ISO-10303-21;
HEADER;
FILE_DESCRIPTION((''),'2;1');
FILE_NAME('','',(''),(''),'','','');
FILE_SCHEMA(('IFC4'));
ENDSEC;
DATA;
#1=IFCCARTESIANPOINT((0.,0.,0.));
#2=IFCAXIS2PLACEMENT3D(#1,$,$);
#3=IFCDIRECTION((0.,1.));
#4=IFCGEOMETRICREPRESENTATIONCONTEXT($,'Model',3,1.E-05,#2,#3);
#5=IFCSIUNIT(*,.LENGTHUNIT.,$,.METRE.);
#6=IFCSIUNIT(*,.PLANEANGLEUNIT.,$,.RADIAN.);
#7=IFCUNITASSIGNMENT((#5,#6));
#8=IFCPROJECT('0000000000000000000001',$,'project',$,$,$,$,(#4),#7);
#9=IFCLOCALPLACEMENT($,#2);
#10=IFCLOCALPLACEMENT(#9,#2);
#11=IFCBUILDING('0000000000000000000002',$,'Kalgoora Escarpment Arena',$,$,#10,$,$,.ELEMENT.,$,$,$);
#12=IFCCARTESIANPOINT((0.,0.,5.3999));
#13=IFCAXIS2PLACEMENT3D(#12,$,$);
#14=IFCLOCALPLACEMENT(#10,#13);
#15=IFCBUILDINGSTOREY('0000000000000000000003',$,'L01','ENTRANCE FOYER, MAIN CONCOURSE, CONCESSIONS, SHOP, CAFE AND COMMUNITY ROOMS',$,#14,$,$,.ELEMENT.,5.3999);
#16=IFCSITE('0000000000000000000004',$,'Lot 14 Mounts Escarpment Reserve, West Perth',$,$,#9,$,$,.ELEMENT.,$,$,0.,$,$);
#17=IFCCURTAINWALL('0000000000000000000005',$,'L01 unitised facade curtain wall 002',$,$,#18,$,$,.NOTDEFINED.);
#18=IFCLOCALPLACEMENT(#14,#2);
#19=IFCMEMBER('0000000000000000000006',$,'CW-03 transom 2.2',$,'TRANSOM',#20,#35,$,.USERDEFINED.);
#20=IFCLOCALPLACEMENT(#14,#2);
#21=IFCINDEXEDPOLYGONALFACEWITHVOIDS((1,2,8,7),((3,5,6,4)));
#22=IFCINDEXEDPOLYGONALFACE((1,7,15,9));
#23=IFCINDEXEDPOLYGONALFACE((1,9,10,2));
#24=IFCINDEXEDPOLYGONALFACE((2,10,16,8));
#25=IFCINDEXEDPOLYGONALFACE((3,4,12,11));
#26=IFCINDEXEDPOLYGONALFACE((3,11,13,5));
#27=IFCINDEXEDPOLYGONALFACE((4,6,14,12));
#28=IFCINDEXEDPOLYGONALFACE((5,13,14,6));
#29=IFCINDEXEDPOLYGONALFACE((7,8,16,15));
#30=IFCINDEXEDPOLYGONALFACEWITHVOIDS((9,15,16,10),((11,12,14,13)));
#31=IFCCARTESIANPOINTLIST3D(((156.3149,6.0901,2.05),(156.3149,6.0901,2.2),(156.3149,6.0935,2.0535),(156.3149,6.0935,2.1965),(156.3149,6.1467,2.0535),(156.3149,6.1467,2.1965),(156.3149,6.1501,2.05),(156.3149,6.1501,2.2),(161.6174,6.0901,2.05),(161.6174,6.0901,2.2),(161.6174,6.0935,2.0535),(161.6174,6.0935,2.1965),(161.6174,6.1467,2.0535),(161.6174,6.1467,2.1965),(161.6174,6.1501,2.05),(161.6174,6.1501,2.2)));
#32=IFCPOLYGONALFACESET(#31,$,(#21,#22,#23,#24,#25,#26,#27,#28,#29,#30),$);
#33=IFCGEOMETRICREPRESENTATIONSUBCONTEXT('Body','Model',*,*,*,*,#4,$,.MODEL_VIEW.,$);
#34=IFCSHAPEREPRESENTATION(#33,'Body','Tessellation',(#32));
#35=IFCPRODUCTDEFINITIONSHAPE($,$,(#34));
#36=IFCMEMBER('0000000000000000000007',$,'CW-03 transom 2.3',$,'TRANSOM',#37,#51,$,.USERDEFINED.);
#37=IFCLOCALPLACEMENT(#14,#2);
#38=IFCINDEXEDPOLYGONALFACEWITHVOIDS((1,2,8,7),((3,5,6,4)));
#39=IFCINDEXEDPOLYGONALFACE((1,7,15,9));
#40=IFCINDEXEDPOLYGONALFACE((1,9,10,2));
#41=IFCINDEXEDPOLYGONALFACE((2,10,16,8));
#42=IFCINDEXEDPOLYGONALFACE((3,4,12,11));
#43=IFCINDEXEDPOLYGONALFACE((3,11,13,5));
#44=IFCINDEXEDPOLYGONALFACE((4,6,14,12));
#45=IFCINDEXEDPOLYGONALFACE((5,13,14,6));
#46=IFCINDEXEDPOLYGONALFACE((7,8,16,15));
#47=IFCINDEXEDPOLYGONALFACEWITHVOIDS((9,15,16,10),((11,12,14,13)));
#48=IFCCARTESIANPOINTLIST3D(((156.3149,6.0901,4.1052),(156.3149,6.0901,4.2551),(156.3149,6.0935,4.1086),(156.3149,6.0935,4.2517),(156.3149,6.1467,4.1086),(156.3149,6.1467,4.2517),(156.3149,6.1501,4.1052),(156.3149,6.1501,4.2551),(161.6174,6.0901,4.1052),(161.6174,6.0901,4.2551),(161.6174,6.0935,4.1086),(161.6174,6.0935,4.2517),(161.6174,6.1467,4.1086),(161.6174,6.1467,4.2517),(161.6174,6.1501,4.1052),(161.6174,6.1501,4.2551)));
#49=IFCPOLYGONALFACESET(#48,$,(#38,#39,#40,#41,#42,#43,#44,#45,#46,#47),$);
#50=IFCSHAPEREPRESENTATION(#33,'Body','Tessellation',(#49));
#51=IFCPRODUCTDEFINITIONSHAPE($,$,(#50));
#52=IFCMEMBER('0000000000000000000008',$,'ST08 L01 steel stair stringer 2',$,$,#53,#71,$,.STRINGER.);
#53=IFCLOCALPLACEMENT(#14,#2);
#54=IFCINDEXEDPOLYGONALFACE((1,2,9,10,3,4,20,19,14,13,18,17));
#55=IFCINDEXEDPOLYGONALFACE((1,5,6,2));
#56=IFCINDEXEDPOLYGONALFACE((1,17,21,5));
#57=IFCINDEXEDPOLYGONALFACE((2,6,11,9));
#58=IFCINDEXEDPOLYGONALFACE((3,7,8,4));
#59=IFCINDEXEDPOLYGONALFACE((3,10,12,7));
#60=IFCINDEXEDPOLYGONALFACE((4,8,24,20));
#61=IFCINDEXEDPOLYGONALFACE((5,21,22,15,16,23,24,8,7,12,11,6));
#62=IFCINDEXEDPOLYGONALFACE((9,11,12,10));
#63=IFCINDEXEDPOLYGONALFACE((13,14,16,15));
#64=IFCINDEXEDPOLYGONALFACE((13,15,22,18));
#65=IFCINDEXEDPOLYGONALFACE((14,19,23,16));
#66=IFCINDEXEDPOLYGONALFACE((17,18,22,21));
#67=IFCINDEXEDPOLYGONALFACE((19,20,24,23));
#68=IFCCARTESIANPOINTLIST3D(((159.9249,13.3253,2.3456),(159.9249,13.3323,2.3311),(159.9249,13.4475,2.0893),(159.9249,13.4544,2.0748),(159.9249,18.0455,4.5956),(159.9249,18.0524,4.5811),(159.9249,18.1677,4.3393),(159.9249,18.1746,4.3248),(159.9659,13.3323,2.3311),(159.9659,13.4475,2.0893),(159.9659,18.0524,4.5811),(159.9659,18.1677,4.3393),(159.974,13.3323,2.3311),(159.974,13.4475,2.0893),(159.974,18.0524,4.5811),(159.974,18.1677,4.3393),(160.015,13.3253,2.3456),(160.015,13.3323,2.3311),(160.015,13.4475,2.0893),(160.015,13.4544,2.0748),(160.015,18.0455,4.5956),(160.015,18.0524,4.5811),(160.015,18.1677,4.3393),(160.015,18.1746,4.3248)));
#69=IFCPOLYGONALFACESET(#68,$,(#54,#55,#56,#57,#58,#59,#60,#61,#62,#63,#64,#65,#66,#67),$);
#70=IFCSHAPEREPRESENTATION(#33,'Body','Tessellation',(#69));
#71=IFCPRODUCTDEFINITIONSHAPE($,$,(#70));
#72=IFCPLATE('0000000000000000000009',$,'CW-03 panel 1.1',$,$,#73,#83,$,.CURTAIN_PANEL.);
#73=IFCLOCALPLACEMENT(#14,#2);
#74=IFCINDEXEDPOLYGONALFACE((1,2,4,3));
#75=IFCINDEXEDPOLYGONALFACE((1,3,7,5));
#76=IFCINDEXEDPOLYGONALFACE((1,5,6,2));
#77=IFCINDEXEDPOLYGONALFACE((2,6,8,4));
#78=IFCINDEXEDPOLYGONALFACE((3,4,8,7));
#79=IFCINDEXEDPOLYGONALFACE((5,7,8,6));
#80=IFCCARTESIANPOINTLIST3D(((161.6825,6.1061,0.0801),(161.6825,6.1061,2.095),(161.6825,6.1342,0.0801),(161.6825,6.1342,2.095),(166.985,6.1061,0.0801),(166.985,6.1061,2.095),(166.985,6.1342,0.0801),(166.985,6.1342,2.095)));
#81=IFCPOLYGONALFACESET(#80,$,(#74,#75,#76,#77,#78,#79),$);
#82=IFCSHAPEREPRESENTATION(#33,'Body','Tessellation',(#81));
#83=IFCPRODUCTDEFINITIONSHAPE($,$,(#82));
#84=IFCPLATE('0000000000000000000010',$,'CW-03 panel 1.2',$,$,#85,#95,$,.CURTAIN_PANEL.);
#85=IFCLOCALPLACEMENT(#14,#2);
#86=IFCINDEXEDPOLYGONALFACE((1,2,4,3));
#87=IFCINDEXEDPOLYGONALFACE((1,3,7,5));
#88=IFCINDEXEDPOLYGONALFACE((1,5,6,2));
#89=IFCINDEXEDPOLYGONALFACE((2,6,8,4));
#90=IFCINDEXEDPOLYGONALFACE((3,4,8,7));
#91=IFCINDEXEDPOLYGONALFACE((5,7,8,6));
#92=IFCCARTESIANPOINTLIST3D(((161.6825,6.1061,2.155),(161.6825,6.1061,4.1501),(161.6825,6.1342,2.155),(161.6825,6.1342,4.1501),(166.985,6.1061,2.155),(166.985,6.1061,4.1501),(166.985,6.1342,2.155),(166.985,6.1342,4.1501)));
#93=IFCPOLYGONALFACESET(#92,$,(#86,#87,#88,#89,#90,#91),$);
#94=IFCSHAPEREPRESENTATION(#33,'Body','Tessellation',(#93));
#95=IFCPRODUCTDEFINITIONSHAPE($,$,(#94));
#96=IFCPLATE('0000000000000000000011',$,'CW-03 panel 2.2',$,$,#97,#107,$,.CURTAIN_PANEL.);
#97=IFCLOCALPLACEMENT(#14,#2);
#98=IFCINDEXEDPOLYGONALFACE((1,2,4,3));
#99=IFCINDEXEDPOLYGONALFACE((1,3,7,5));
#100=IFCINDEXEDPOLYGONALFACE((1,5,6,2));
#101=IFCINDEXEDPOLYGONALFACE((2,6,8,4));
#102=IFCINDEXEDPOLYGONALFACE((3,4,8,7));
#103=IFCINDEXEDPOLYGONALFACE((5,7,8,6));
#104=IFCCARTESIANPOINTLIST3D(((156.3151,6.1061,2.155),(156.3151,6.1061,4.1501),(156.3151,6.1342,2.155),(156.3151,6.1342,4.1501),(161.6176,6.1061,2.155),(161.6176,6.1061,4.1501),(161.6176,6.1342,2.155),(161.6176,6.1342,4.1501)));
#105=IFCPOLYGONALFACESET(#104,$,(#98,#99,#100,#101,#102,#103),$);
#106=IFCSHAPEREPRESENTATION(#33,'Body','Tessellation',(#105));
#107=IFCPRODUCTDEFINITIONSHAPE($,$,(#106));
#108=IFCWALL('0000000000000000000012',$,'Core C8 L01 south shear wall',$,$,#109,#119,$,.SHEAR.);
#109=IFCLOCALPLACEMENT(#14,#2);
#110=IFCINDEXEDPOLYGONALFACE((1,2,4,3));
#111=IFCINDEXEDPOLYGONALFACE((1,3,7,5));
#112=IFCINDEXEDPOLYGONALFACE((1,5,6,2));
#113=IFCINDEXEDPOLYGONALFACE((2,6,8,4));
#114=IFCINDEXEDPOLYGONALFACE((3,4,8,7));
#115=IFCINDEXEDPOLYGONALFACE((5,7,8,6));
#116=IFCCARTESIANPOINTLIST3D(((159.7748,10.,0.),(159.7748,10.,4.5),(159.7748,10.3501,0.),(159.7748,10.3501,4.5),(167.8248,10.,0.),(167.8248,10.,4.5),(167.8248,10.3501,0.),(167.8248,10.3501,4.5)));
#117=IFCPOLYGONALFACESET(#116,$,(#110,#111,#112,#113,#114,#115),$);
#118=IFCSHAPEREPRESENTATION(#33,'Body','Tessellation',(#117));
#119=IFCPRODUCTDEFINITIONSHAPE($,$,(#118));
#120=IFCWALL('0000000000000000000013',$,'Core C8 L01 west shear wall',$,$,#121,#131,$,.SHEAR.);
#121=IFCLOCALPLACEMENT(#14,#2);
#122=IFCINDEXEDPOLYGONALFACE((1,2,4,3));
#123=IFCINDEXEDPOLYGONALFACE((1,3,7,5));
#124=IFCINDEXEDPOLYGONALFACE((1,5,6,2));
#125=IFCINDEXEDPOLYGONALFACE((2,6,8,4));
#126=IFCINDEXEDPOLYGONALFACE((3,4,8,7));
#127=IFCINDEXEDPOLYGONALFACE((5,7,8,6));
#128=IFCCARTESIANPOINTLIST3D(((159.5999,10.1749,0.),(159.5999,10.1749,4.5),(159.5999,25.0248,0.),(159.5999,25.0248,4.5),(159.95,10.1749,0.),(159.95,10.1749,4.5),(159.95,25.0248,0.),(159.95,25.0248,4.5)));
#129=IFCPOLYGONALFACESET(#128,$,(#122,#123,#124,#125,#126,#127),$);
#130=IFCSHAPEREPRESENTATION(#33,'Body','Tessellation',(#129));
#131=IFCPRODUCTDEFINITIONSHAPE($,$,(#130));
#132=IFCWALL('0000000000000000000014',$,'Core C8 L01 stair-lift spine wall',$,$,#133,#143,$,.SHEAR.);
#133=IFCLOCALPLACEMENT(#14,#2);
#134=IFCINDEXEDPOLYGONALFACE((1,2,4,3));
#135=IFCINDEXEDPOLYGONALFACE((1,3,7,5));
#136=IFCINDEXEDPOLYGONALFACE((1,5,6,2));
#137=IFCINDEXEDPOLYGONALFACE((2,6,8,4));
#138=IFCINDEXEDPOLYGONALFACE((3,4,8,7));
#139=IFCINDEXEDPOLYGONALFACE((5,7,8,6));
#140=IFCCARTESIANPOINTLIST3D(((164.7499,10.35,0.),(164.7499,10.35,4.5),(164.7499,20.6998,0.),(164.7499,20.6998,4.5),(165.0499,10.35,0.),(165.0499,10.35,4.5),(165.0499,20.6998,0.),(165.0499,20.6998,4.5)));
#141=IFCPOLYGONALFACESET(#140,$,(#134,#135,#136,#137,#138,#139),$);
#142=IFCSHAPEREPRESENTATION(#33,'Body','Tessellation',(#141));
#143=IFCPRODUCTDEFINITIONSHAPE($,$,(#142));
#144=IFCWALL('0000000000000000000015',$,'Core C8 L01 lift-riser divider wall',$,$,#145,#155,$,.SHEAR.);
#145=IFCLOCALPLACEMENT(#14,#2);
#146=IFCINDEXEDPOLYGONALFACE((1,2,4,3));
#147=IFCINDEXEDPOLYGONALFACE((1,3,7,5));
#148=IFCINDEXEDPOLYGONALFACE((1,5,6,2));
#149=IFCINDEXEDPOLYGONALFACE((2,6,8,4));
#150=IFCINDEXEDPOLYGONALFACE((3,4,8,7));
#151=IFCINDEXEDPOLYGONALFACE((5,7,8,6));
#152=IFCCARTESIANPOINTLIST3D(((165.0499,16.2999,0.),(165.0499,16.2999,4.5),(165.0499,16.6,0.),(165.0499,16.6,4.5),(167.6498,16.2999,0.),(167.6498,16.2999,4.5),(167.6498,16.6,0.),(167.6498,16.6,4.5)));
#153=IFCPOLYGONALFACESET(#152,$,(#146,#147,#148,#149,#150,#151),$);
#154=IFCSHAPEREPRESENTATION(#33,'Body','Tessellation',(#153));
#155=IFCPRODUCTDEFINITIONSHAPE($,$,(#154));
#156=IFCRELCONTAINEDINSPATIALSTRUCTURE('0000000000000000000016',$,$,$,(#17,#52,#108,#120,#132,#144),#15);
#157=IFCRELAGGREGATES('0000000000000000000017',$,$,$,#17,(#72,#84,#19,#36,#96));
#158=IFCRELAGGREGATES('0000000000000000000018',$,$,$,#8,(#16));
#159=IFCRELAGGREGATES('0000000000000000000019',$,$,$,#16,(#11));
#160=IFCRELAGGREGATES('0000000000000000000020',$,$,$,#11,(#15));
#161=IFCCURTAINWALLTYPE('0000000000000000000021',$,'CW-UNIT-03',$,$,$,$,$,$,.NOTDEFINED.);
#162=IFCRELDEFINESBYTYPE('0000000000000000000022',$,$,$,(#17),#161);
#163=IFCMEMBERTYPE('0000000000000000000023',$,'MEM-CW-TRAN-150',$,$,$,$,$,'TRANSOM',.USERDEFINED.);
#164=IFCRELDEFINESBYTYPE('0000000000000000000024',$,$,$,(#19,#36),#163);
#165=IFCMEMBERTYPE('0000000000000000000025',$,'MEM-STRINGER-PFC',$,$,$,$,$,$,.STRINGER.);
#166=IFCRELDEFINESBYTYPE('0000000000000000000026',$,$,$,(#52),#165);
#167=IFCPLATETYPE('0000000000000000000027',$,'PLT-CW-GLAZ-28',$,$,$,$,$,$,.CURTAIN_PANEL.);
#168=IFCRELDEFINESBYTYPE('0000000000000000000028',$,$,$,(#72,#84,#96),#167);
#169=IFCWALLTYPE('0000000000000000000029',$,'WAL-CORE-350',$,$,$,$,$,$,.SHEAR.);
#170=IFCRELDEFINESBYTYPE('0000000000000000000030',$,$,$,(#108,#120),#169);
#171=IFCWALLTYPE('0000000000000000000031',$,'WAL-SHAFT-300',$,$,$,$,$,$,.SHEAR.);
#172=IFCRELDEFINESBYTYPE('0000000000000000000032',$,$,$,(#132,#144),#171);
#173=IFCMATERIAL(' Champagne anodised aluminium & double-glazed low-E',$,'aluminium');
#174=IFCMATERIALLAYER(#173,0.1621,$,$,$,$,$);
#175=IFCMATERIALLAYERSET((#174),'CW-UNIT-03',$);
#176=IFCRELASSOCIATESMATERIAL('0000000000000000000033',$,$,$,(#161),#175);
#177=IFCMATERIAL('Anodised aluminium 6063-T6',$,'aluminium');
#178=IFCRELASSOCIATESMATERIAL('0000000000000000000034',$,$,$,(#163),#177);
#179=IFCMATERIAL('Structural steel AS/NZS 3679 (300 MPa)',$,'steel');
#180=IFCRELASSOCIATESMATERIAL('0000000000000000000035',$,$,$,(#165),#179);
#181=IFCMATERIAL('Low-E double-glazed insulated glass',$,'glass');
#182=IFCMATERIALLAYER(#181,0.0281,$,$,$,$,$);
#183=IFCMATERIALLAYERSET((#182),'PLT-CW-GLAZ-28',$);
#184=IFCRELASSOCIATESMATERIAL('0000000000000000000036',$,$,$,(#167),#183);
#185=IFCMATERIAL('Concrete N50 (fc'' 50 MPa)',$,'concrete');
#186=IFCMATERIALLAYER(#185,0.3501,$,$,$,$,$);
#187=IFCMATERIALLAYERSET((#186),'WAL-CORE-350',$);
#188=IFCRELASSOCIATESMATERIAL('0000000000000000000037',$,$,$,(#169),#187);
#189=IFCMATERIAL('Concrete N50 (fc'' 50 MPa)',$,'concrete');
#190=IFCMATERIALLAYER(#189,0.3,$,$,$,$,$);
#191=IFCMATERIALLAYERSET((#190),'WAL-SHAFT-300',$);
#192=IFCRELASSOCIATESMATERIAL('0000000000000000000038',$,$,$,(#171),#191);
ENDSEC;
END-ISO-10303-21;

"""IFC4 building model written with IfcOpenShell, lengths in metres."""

from ifc_helpers import new_model, si_unit, direction, frame, frame_2d, origin, origin_2d, place, context, subcontext, project, spatial, rectangle, hollow_rectangle, i_section, extrude, material, layer, layer_set, material_profile, profile_set, type_object, element, aggregate, save


model = new_model("IFC4")

# Units and contexts
model_context = context("Model", 3, precision=1e-05, world=origin(), true_north=direction((0.0, 1.0)))
body_context = subcontext(model_context, "Body", "Model", "MODEL_VIEW")
ifc_project = project(units=[si_unit("LENGTHUNIT", "METRE"), si_unit("PLANEANGLEUNIT", "RADIAN")], contexts=[model_context])

# Site, building, storey
site_placement = place(None, origin())
site = spatial("IfcSite", under=ifc_project, at=site_placement, Name="Lot 14 Mounts Escarpment Reserve, West Perth", CompositionType="ELEMENT", RefElevation=0.0)
building_placement = place(site_placement, origin())
building = spatial("IfcBuilding", under=site, at=building_placement, Name="Kalgoora Escarpment Arena", CompositionType="ELEMENT")
storey_placement = place(building_placement, frame((0.0, 0.0, 5.3999)))
storey = spatial("IfcBuildingStorey", under=building, at=storey_placement, Name="L01", Description="ENTRANCE FOYER, MAIN CONCOURSE, CONCESSIONS, SHOP, CAFE AND COMMUNITY ROOMS", CompositionType="ELEMENT", Elevation=5.3999)

# Curtain wall, members
ifc_material_1 = material(Name=" Champagne anodised aluminium & double-glazed low-E", Category="aluminium")
ifc_layer_1 = layer(ifc_material_1, 0.1621)
ifc_layer_set_1 = layer_set([ifc_layer_1], Name="CW-UNIT-03")
curtain_wall_type = type_object("IfcCurtainWallType", Name="CW-UNIT-03", PredefinedType="NOTDEFINED", material=ifc_layer_set_1)
curtain_wall_placement = place(storey_placement, origin())
curtain_wall = element("IfcCurtainWall", 1, at=curtain_wall_placement, inside=storey, type_object=curtain_wall_type, Name="L01 unitised facade curtain wall 002", PredefinedType="NOTDEFINED")
ifc_material_2 = material(Name="Anodised aluminium 6063-T6", Category="aluminium")
ifc_material_profile_1 = material_profile(ifc_material_2, hollow_rectangle(XDim=0.0601, YDim=0.1499, WallThickness=0.0034, at=origin_2d()))
ifc_profile_set_1 = profile_set([ifc_material_profile_1], Name="Anodised aluminium 6063-T6")
member_type_1 = type_object("IfcMemberType", Name="MEM-CW-TRAN-150", ElementType="TRANSOM", PredefinedType="USERDEFINED", material=ifc_profile_set_1)
member_1_placement = place(storey_placement, frame((161.6174, 6.1201, 2.125), z_axis=(-1.0, 0.0, 0.0), x_axis=(0.0, -1.0, 0.0)))
member_1 = element("IfcMember", 2, at=member_1_placement, type_object=member_type_1, Name="CW-03 transom 2.2", ObjectType="TRANSOM", PredefinedType="USERDEFINED", context=body_context, shape_type="SweptSolid", body=[
    extrude(hollow_rectangle(XDim=0.0601, YDim=0.1499, WallThickness=0.0034, at=origin_2d()), origin(), (0.0, 0.0, 1.0), 5.3025),
])
member_2_placement = place(storey_placement, frame((161.6174, 6.1201, 4.1802), z_axis=(-1.0, 0.0, 0.0), x_axis=(0.0, -1.0, 0.0)))
member_2 = element("IfcMember", 3, at=member_2_placement, type_object=member_type_1, Name="CW-03 transom 2.3", ObjectType="TRANSOM", PredefinedType="USERDEFINED", context=body_context, shape_type="SweptSolid", body=[
    extrude(hollow_rectangle(XDim=0.0601, YDim=0.1499, WallThickness=0.0034, at=origin_2d()), origin(), (0.0, 0.0, 1.0), 5.3025),
])

# Member
ifc_material_3 = material(Name="Structural steel AS/NZS 3679 (300 MPa)", Category="steel")
ifc_material_profile_2 = material_profile(ifc_material_3, i_section(OverallWidth=0.0901, OverallDepth=0.3, WebThickness=0.0081, FlangeThickness=0.0161, at=origin_2d()))
ifc_profile_set_2 = profile_set([ifc_material_profile_2], Name="Structural steel AS/NZS 3679 (300 MPa)")
member_type_2 = type_object("IfcMemberType", Name="MEM-STRINGER-PFC", PredefinedType="STRINGER", material=ifc_profile_set_2)
member_3_placement = place(storey_placement, frame((159.97, 13.3899, 2.2102), z_axis=(0.0, 0.902691, 0.430289), x_axis=(-1.0, 0.0, 0.0)))
element("IfcMember", 4, at=member_3_placement, inside=storey, type_object=member_type_2, Name="ST08 L01 steel stair stringer 2", PredefinedType="STRINGER", context=body_context, shape_type="SweptSolid", body=[
    extrude(i_section(OverallWidth=0.0901, OverallDepth=0.3, WebThickness=0.0081, FlangeThickness=0.0161, at=origin_2d()), origin(), (0.0, 0.0, 1.0), 5.229),
])

# Plates
ifc_material_4 = material(Name="Low-E double-glazed insulated glass", Category="glass")
ifc_layer_2 = layer(ifc_material_4, 0.0281)
ifc_layer_set_2 = layer_set([ifc_layer_2], Name="PLT-CW-GLAZ-28")
plate_type = type_object("IfcPlateType", Name="PLT-CW-GLAZ-28", PredefinedType="CURTAIN_PANEL", material=ifc_layer_set_2)
plate_1_placement = place(storey_placement, frame((164.3337, 6.1201, 0.0801), z_axis=(0.0, 0.0, 1.0), x_axis=(-1.0, 0.0, 0.0)))
plate_1 = element("IfcPlate", 5, at=plate_1_placement, type_object=plate_type, Name="CW-03 panel 1.1", PredefinedType="CURTAIN_PANEL", context=body_context, shape_type="SweptSolid", body=[
    extrude(rectangle(XDim=5.3025, YDim=0.0281, at=origin_2d()), origin(), (0.0, 0.0, 1.0), 2.0149),
])
plate_2_placement = place(storey_placement, frame((164.3337, 6.1201, 2.155), z_axis=(0.0, 0.0, 1.0), x_axis=(-1.0, 0.0, 0.0)))
plate_2 = element("IfcPlate", 6, at=plate_2_placement, type_object=plate_type, Name="CW-03 panel 1.2", PredefinedType="CURTAIN_PANEL", context=body_context, shape_type="SweptSolid", body=[
    extrude(rectangle(XDim=5.3025, YDim=0.0281, at=origin_2d()), origin(), (0.0, 0.0, 1.0), 1.9951),
])
plate_3_placement = place(storey_placement, frame((158.9663, 6.1201, 2.155), z_axis=(0.0, 0.0, 1.0), x_axis=(-1.0, 0.0, 0.0)))
plate_3 = element("IfcPlate", 7, at=plate_3_placement, type_object=plate_type, Name="CW-03 panel 2.2", PredefinedType="CURTAIN_PANEL", context=body_context, shape_type="SweptSolid", body=[
    extrude(rectangle(XDim=5.3025, YDim=0.0281, at=origin_2d()), origin(), (0.0, 0.0, 1.0), 1.9951),
])
aggregate(curtain_wall, [plate_1, plate_2, member_1, member_2, plate_3])

# Walls
ifc_material_5 = material(Name="Concrete N50 (fc' 50 MPa)", Category="concrete")
ifc_layer_3 = layer(ifc_material_5, 0.3501)
ifc_layer_set_3 = layer_set([ifc_layer_3], Name="WAL-CORE-350")
wall_type_1 = type_object("IfcWallType", Name="WAL-CORE-350", PredefinedType="SHEAR", material=ifc_layer_set_3)
wall_1_placement = place(storey_placement, frame((159.7749, 10.175, 0.0), z_axis=(0.0, 0.0, 1.0), x_axis=(1.0, 0.0, 0.0)))
element("IfcWall", 8, at=wall_1_placement, inside=storey, type_object=wall_type_1, Name="Core C8 L01 south shear wall", PredefinedType="SHEAR", context=body_context, shape_type="SweptSolid", body=[
    extrude(rectangle(XDim=8.05, YDim=0.3501, at=frame_2d((4.0249, 0.0))), origin(), (0.0, 0.0, 1.0), 4.5),
])
wall_2_placement = place(storey_placement, frame((159.7749, 10.175, 0.0), z_axis=(0.0, 0.0, 1.0), x_axis=(0.0, 1.0, 0.0)))
element("IfcWall", 9, at=wall_2_placement, inside=storey, type_object=wall_type_1, Name="Core C8 L01 west shear wall", PredefinedType="SHEAR", context=body_context, shape_type="SweptSolid", body=[
    extrude(rectangle(XDim=14.8499, YDim=0.3501, at=frame_2d((7.4248, 0.0))), origin(), (0.0, 0.0, 1.0), 4.5),
])
ifc_material_6 = material(Name="Concrete N50 (fc' 50 MPa)", Category="concrete")
ifc_layer_4 = layer(ifc_material_6, 0.3)
ifc_layer_set_4 = layer_set([ifc_layer_4], Name="WAL-SHAFT-300")
wall_type_2 = type_object("IfcWallType", Name="WAL-SHAFT-300", PredefinedType="SHEAR", material=ifc_layer_set_4)
wall_3_placement = place(storey_placement, frame((164.8999, 10.3501, 0.0), z_axis=(0.0, 0.0, 1.0), x_axis=(0.0, 1.0, 0.0)))
element("IfcWall", 10, at=wall_3_placement, inside=storey, type_object=wall_type_2, Name="Core C8 L01 stair-lift spine wall", PredefinedType="SHEAR", context=body_context, shape_type="SweptSolid", body=[
    extrude(rectangle(XDim=10.3499, YDim=0.3, at=frame_2d((5.1748, 0.0))), origin(), (0.0, 0.0, 1.0), 4.5),
])
wall_4_placement = place(storey_placement, frame((165.05, 16.45, 0.0), z_axis=(0.0, 0.0, 1.0), x_axis=(1.0, 0.0, 0.0)))
element("IfcWall", 11, at=wall_4_placement, inside=storey, type_object=wall_type_2, Name="Core C8 L01 lift-riser divider wall", PredefinedType="SHEAR", context=body_context, shape_type="SweptSolid", body=[
    extrude(rectangle(XDim=2.5999, YDim=0.3, at=frame_2d((1.2998, 0.0))), origin(), (0.0, 0.0, 1.0), 4.5),
])

save(model, "model.ifc")
